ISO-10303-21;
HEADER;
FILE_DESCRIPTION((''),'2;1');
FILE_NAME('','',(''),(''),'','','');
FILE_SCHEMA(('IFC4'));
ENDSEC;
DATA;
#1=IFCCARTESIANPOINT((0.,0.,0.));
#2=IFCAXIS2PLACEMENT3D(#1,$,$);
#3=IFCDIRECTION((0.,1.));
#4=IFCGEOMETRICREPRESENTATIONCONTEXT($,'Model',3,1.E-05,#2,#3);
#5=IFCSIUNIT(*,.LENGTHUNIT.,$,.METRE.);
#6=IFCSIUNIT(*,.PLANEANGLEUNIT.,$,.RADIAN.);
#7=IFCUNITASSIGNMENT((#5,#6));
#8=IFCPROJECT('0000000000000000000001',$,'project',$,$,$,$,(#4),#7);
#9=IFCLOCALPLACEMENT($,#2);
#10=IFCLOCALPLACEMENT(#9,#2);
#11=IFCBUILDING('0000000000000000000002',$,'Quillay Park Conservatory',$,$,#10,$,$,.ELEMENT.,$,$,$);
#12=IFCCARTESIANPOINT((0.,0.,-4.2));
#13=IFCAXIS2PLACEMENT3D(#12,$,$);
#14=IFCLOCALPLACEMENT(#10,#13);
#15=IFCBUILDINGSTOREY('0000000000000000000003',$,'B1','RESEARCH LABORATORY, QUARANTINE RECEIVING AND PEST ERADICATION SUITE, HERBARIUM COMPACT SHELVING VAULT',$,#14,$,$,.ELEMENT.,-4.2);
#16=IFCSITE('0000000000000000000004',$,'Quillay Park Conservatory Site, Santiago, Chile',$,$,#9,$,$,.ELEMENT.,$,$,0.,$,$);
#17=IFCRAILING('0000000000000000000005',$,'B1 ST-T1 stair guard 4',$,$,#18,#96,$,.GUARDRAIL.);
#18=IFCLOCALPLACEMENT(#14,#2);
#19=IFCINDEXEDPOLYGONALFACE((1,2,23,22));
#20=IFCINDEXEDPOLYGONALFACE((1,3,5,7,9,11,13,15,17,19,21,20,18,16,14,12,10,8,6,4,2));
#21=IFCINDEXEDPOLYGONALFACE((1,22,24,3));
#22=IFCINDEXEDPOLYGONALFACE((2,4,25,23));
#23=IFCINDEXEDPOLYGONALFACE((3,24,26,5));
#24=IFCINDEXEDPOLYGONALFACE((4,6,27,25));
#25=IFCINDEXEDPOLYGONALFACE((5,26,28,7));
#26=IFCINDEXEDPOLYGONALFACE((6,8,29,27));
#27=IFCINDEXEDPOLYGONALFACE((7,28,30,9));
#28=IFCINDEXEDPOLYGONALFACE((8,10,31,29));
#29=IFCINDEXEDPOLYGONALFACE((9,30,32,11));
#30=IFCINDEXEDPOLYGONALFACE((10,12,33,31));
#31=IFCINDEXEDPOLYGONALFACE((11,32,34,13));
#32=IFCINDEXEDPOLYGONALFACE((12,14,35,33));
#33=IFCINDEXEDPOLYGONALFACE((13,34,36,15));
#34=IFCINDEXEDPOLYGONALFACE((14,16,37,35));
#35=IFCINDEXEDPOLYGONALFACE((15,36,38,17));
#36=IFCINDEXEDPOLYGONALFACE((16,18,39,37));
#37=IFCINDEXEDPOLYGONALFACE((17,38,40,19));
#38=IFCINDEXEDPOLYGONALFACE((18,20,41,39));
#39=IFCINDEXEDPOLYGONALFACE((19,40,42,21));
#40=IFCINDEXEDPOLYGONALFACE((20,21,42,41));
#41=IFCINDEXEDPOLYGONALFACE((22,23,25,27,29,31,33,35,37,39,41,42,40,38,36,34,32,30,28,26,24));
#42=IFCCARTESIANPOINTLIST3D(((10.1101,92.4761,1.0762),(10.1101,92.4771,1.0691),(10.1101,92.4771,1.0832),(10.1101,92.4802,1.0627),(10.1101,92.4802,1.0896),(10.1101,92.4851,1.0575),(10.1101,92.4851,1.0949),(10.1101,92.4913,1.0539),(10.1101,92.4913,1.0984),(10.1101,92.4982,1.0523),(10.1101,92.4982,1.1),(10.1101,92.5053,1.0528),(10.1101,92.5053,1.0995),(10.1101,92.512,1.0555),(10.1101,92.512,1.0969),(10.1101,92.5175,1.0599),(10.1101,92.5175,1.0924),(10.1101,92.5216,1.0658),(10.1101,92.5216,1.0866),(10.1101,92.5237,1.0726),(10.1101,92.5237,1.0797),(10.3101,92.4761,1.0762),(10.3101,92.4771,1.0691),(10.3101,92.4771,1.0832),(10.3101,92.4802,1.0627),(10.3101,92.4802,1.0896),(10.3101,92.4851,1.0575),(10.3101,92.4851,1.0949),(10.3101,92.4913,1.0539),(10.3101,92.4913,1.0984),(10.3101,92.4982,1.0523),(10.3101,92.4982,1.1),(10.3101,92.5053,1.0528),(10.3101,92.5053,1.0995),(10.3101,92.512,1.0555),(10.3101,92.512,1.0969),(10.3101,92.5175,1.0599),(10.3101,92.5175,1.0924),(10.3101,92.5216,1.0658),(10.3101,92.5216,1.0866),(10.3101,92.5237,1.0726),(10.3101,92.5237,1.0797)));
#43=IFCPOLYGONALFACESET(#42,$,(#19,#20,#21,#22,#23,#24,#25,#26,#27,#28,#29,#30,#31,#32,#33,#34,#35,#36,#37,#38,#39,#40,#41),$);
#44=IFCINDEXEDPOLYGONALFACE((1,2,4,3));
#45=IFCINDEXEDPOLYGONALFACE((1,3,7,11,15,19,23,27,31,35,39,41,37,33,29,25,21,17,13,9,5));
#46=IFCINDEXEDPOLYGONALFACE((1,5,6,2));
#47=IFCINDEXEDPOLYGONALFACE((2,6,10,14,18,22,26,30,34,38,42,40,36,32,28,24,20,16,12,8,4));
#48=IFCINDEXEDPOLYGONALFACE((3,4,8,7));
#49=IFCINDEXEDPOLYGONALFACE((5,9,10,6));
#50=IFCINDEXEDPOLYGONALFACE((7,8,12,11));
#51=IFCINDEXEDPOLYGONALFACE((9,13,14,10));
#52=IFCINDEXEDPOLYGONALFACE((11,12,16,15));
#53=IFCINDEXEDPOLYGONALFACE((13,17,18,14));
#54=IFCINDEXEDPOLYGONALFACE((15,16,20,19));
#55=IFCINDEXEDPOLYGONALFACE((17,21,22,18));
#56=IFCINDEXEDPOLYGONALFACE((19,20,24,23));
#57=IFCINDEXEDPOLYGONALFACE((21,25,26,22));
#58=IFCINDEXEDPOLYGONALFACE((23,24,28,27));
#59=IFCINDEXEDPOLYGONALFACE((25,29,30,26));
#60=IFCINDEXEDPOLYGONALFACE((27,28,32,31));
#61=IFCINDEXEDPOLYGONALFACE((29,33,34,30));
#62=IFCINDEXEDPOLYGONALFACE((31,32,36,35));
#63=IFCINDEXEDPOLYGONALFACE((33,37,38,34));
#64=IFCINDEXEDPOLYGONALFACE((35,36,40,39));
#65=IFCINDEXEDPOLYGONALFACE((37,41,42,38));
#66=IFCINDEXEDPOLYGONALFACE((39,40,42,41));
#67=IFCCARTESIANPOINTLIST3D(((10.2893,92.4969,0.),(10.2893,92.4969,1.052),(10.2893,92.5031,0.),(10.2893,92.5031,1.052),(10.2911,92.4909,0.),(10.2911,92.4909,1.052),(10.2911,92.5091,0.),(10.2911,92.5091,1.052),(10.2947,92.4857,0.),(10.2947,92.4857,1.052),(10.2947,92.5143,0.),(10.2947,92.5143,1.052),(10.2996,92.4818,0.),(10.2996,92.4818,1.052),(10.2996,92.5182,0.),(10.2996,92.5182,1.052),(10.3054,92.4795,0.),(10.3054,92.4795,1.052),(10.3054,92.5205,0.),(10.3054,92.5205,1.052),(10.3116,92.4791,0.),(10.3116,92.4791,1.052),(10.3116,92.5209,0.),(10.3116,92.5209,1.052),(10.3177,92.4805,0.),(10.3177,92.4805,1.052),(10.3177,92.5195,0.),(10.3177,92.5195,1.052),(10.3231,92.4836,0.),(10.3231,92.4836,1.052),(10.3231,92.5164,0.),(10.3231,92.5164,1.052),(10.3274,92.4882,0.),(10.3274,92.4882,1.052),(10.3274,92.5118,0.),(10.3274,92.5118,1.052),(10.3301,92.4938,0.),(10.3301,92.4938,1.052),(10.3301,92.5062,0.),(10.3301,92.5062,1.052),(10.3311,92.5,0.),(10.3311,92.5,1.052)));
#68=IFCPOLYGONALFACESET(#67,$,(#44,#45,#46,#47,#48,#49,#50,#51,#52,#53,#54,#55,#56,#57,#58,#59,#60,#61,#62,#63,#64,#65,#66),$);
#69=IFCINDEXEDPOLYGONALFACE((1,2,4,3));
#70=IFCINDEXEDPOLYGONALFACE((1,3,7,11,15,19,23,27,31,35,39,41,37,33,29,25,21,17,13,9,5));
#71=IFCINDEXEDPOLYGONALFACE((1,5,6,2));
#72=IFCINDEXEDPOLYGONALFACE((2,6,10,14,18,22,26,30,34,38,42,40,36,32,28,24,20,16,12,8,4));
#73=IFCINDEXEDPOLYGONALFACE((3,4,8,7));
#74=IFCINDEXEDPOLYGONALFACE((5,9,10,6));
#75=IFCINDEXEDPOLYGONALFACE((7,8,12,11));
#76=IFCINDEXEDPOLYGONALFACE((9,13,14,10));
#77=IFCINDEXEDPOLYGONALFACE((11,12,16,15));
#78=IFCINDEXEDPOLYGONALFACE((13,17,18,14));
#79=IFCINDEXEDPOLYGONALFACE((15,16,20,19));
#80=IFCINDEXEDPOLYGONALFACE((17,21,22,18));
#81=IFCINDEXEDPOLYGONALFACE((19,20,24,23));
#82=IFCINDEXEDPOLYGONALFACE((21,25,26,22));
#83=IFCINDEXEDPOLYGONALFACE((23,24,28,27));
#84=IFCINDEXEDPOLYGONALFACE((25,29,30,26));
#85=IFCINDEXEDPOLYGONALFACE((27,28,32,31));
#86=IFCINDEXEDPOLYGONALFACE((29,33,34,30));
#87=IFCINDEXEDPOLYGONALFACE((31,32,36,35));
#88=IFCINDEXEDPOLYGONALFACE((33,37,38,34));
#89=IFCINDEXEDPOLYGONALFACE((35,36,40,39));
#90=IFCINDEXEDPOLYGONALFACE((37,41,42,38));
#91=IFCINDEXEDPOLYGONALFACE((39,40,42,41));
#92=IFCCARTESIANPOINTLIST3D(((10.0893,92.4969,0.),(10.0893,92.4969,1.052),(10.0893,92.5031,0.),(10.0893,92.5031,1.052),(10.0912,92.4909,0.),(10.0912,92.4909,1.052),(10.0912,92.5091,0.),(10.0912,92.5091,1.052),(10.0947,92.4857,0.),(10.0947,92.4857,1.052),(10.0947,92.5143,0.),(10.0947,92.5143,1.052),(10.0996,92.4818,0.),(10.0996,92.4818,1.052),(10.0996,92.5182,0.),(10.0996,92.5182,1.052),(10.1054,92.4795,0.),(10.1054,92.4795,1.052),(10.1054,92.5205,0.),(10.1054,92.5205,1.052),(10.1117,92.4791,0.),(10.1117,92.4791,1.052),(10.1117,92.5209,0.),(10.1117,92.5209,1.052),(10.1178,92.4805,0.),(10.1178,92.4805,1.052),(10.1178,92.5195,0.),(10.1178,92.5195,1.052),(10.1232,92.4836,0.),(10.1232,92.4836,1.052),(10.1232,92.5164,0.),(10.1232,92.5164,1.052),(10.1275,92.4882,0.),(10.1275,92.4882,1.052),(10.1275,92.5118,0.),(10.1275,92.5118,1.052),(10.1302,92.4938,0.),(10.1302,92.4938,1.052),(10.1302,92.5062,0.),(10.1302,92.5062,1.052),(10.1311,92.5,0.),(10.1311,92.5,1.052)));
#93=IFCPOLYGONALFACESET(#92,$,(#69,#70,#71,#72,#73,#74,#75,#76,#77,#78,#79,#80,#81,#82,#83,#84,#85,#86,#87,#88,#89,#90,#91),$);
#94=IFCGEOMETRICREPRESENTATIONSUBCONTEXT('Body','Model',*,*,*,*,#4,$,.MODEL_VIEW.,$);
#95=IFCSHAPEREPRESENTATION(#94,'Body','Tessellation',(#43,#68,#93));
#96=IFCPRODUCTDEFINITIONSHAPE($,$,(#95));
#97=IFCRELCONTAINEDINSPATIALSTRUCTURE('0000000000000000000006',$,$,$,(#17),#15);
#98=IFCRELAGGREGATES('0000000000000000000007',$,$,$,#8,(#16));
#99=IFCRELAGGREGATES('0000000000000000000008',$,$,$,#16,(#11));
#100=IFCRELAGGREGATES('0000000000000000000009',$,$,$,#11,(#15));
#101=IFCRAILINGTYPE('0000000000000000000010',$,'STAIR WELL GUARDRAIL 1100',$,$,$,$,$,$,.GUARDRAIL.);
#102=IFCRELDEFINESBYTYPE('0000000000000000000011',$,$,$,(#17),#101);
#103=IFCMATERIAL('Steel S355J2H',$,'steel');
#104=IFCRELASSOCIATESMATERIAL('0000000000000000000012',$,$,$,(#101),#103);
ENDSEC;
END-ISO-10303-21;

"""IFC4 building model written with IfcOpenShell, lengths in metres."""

from ifc_helpers import new_model, si_unit, direction, frame, origin, origin_2d, place, context, subcontext, project, spatial, circle, extrude, material, type_object, element, save


model = new_model("IFC4")

# Units and contexts
model_context = context("Model", 3, precision=1e-05, world=origin(), true_north=direction((0.0, 1.0)))
body_context = subcontext(model_context, "Body", "Model", "MODEL_VIEW")
ifc_project = project(units=[si_unit("LENGTHUNIT", "METRE"), si_unit("PLANEANGLEUNIT", "RADIAN")], contexts=[model_context])

# Site, building, storey
site_placement = place(None, origin())
site = spatial("IfcSite", under=ifc_project, at=site_placement, Name="Quillay Park Conservatory Site, Santiago, Chile", CompositionType="ELEMENT", RefElevation=0.0)
building_placement = place(site_placement, origin())
building = spatial("IfcBuilding", under=site, at=building_placement, Name="Quillay Park Conservatory", CompositionType="ELEMENT")
storey_placement = place(building_placement, frame((0.0, 0.0, -4.2)))
storey = spatial("IfcBuildingStorey", under=building, at=storey_placement, Name="B1", Description="RESEARCH LABORATORY, QUARANTINE RECEIVING AND PEST ERADICATION SUITE, HERBARIUM COMPACT SHELVING VAULT", CompositionType="ELEMENT", Elevation=-4.2)

# Railing
ifc_material_1 = material(Name="Steel S355J2H", Category="steel")
railing_type_1 = type_object("IfcRailingType", Name="STAIR WELL GUARDRAIL 1100", PredefinedType="GUARDRAIL", material=ifc_material_1)
railing_1_placement = place(storey_placement, frame((10.3101, 92.5, 0.0)))
element("IfcRailing", 1, at=railing_1_placement, inside=storey, type_object=railing_type_1, Name="B1 ST-T1 stair guard 4", PredefinedType="GUARDRAIL", context=body_context, shape_type="SweptSolid", body=[
    extrude(circle(Radius=0.0239, at=origin_2d()), frame((0.0, 0.0, 1.0762), z_axis=(-1.0, 0.0, 0.0), x_axis=(0.0, -1.0, 0.0)), (0.0, 0.0, 1.0), 0.2),
    extrude(circle(Radius=0.021, at=origin_2d()), origin(), (0.0, 0.0, 1.0), 1.052),
    extrude(circle(Radius=0.021, at=origin_2d()), frame((-0.2, 0.0, 0.0)), (0.0, 0.0, 1.0), 1.052),
])

save(model, "model.ifc")
